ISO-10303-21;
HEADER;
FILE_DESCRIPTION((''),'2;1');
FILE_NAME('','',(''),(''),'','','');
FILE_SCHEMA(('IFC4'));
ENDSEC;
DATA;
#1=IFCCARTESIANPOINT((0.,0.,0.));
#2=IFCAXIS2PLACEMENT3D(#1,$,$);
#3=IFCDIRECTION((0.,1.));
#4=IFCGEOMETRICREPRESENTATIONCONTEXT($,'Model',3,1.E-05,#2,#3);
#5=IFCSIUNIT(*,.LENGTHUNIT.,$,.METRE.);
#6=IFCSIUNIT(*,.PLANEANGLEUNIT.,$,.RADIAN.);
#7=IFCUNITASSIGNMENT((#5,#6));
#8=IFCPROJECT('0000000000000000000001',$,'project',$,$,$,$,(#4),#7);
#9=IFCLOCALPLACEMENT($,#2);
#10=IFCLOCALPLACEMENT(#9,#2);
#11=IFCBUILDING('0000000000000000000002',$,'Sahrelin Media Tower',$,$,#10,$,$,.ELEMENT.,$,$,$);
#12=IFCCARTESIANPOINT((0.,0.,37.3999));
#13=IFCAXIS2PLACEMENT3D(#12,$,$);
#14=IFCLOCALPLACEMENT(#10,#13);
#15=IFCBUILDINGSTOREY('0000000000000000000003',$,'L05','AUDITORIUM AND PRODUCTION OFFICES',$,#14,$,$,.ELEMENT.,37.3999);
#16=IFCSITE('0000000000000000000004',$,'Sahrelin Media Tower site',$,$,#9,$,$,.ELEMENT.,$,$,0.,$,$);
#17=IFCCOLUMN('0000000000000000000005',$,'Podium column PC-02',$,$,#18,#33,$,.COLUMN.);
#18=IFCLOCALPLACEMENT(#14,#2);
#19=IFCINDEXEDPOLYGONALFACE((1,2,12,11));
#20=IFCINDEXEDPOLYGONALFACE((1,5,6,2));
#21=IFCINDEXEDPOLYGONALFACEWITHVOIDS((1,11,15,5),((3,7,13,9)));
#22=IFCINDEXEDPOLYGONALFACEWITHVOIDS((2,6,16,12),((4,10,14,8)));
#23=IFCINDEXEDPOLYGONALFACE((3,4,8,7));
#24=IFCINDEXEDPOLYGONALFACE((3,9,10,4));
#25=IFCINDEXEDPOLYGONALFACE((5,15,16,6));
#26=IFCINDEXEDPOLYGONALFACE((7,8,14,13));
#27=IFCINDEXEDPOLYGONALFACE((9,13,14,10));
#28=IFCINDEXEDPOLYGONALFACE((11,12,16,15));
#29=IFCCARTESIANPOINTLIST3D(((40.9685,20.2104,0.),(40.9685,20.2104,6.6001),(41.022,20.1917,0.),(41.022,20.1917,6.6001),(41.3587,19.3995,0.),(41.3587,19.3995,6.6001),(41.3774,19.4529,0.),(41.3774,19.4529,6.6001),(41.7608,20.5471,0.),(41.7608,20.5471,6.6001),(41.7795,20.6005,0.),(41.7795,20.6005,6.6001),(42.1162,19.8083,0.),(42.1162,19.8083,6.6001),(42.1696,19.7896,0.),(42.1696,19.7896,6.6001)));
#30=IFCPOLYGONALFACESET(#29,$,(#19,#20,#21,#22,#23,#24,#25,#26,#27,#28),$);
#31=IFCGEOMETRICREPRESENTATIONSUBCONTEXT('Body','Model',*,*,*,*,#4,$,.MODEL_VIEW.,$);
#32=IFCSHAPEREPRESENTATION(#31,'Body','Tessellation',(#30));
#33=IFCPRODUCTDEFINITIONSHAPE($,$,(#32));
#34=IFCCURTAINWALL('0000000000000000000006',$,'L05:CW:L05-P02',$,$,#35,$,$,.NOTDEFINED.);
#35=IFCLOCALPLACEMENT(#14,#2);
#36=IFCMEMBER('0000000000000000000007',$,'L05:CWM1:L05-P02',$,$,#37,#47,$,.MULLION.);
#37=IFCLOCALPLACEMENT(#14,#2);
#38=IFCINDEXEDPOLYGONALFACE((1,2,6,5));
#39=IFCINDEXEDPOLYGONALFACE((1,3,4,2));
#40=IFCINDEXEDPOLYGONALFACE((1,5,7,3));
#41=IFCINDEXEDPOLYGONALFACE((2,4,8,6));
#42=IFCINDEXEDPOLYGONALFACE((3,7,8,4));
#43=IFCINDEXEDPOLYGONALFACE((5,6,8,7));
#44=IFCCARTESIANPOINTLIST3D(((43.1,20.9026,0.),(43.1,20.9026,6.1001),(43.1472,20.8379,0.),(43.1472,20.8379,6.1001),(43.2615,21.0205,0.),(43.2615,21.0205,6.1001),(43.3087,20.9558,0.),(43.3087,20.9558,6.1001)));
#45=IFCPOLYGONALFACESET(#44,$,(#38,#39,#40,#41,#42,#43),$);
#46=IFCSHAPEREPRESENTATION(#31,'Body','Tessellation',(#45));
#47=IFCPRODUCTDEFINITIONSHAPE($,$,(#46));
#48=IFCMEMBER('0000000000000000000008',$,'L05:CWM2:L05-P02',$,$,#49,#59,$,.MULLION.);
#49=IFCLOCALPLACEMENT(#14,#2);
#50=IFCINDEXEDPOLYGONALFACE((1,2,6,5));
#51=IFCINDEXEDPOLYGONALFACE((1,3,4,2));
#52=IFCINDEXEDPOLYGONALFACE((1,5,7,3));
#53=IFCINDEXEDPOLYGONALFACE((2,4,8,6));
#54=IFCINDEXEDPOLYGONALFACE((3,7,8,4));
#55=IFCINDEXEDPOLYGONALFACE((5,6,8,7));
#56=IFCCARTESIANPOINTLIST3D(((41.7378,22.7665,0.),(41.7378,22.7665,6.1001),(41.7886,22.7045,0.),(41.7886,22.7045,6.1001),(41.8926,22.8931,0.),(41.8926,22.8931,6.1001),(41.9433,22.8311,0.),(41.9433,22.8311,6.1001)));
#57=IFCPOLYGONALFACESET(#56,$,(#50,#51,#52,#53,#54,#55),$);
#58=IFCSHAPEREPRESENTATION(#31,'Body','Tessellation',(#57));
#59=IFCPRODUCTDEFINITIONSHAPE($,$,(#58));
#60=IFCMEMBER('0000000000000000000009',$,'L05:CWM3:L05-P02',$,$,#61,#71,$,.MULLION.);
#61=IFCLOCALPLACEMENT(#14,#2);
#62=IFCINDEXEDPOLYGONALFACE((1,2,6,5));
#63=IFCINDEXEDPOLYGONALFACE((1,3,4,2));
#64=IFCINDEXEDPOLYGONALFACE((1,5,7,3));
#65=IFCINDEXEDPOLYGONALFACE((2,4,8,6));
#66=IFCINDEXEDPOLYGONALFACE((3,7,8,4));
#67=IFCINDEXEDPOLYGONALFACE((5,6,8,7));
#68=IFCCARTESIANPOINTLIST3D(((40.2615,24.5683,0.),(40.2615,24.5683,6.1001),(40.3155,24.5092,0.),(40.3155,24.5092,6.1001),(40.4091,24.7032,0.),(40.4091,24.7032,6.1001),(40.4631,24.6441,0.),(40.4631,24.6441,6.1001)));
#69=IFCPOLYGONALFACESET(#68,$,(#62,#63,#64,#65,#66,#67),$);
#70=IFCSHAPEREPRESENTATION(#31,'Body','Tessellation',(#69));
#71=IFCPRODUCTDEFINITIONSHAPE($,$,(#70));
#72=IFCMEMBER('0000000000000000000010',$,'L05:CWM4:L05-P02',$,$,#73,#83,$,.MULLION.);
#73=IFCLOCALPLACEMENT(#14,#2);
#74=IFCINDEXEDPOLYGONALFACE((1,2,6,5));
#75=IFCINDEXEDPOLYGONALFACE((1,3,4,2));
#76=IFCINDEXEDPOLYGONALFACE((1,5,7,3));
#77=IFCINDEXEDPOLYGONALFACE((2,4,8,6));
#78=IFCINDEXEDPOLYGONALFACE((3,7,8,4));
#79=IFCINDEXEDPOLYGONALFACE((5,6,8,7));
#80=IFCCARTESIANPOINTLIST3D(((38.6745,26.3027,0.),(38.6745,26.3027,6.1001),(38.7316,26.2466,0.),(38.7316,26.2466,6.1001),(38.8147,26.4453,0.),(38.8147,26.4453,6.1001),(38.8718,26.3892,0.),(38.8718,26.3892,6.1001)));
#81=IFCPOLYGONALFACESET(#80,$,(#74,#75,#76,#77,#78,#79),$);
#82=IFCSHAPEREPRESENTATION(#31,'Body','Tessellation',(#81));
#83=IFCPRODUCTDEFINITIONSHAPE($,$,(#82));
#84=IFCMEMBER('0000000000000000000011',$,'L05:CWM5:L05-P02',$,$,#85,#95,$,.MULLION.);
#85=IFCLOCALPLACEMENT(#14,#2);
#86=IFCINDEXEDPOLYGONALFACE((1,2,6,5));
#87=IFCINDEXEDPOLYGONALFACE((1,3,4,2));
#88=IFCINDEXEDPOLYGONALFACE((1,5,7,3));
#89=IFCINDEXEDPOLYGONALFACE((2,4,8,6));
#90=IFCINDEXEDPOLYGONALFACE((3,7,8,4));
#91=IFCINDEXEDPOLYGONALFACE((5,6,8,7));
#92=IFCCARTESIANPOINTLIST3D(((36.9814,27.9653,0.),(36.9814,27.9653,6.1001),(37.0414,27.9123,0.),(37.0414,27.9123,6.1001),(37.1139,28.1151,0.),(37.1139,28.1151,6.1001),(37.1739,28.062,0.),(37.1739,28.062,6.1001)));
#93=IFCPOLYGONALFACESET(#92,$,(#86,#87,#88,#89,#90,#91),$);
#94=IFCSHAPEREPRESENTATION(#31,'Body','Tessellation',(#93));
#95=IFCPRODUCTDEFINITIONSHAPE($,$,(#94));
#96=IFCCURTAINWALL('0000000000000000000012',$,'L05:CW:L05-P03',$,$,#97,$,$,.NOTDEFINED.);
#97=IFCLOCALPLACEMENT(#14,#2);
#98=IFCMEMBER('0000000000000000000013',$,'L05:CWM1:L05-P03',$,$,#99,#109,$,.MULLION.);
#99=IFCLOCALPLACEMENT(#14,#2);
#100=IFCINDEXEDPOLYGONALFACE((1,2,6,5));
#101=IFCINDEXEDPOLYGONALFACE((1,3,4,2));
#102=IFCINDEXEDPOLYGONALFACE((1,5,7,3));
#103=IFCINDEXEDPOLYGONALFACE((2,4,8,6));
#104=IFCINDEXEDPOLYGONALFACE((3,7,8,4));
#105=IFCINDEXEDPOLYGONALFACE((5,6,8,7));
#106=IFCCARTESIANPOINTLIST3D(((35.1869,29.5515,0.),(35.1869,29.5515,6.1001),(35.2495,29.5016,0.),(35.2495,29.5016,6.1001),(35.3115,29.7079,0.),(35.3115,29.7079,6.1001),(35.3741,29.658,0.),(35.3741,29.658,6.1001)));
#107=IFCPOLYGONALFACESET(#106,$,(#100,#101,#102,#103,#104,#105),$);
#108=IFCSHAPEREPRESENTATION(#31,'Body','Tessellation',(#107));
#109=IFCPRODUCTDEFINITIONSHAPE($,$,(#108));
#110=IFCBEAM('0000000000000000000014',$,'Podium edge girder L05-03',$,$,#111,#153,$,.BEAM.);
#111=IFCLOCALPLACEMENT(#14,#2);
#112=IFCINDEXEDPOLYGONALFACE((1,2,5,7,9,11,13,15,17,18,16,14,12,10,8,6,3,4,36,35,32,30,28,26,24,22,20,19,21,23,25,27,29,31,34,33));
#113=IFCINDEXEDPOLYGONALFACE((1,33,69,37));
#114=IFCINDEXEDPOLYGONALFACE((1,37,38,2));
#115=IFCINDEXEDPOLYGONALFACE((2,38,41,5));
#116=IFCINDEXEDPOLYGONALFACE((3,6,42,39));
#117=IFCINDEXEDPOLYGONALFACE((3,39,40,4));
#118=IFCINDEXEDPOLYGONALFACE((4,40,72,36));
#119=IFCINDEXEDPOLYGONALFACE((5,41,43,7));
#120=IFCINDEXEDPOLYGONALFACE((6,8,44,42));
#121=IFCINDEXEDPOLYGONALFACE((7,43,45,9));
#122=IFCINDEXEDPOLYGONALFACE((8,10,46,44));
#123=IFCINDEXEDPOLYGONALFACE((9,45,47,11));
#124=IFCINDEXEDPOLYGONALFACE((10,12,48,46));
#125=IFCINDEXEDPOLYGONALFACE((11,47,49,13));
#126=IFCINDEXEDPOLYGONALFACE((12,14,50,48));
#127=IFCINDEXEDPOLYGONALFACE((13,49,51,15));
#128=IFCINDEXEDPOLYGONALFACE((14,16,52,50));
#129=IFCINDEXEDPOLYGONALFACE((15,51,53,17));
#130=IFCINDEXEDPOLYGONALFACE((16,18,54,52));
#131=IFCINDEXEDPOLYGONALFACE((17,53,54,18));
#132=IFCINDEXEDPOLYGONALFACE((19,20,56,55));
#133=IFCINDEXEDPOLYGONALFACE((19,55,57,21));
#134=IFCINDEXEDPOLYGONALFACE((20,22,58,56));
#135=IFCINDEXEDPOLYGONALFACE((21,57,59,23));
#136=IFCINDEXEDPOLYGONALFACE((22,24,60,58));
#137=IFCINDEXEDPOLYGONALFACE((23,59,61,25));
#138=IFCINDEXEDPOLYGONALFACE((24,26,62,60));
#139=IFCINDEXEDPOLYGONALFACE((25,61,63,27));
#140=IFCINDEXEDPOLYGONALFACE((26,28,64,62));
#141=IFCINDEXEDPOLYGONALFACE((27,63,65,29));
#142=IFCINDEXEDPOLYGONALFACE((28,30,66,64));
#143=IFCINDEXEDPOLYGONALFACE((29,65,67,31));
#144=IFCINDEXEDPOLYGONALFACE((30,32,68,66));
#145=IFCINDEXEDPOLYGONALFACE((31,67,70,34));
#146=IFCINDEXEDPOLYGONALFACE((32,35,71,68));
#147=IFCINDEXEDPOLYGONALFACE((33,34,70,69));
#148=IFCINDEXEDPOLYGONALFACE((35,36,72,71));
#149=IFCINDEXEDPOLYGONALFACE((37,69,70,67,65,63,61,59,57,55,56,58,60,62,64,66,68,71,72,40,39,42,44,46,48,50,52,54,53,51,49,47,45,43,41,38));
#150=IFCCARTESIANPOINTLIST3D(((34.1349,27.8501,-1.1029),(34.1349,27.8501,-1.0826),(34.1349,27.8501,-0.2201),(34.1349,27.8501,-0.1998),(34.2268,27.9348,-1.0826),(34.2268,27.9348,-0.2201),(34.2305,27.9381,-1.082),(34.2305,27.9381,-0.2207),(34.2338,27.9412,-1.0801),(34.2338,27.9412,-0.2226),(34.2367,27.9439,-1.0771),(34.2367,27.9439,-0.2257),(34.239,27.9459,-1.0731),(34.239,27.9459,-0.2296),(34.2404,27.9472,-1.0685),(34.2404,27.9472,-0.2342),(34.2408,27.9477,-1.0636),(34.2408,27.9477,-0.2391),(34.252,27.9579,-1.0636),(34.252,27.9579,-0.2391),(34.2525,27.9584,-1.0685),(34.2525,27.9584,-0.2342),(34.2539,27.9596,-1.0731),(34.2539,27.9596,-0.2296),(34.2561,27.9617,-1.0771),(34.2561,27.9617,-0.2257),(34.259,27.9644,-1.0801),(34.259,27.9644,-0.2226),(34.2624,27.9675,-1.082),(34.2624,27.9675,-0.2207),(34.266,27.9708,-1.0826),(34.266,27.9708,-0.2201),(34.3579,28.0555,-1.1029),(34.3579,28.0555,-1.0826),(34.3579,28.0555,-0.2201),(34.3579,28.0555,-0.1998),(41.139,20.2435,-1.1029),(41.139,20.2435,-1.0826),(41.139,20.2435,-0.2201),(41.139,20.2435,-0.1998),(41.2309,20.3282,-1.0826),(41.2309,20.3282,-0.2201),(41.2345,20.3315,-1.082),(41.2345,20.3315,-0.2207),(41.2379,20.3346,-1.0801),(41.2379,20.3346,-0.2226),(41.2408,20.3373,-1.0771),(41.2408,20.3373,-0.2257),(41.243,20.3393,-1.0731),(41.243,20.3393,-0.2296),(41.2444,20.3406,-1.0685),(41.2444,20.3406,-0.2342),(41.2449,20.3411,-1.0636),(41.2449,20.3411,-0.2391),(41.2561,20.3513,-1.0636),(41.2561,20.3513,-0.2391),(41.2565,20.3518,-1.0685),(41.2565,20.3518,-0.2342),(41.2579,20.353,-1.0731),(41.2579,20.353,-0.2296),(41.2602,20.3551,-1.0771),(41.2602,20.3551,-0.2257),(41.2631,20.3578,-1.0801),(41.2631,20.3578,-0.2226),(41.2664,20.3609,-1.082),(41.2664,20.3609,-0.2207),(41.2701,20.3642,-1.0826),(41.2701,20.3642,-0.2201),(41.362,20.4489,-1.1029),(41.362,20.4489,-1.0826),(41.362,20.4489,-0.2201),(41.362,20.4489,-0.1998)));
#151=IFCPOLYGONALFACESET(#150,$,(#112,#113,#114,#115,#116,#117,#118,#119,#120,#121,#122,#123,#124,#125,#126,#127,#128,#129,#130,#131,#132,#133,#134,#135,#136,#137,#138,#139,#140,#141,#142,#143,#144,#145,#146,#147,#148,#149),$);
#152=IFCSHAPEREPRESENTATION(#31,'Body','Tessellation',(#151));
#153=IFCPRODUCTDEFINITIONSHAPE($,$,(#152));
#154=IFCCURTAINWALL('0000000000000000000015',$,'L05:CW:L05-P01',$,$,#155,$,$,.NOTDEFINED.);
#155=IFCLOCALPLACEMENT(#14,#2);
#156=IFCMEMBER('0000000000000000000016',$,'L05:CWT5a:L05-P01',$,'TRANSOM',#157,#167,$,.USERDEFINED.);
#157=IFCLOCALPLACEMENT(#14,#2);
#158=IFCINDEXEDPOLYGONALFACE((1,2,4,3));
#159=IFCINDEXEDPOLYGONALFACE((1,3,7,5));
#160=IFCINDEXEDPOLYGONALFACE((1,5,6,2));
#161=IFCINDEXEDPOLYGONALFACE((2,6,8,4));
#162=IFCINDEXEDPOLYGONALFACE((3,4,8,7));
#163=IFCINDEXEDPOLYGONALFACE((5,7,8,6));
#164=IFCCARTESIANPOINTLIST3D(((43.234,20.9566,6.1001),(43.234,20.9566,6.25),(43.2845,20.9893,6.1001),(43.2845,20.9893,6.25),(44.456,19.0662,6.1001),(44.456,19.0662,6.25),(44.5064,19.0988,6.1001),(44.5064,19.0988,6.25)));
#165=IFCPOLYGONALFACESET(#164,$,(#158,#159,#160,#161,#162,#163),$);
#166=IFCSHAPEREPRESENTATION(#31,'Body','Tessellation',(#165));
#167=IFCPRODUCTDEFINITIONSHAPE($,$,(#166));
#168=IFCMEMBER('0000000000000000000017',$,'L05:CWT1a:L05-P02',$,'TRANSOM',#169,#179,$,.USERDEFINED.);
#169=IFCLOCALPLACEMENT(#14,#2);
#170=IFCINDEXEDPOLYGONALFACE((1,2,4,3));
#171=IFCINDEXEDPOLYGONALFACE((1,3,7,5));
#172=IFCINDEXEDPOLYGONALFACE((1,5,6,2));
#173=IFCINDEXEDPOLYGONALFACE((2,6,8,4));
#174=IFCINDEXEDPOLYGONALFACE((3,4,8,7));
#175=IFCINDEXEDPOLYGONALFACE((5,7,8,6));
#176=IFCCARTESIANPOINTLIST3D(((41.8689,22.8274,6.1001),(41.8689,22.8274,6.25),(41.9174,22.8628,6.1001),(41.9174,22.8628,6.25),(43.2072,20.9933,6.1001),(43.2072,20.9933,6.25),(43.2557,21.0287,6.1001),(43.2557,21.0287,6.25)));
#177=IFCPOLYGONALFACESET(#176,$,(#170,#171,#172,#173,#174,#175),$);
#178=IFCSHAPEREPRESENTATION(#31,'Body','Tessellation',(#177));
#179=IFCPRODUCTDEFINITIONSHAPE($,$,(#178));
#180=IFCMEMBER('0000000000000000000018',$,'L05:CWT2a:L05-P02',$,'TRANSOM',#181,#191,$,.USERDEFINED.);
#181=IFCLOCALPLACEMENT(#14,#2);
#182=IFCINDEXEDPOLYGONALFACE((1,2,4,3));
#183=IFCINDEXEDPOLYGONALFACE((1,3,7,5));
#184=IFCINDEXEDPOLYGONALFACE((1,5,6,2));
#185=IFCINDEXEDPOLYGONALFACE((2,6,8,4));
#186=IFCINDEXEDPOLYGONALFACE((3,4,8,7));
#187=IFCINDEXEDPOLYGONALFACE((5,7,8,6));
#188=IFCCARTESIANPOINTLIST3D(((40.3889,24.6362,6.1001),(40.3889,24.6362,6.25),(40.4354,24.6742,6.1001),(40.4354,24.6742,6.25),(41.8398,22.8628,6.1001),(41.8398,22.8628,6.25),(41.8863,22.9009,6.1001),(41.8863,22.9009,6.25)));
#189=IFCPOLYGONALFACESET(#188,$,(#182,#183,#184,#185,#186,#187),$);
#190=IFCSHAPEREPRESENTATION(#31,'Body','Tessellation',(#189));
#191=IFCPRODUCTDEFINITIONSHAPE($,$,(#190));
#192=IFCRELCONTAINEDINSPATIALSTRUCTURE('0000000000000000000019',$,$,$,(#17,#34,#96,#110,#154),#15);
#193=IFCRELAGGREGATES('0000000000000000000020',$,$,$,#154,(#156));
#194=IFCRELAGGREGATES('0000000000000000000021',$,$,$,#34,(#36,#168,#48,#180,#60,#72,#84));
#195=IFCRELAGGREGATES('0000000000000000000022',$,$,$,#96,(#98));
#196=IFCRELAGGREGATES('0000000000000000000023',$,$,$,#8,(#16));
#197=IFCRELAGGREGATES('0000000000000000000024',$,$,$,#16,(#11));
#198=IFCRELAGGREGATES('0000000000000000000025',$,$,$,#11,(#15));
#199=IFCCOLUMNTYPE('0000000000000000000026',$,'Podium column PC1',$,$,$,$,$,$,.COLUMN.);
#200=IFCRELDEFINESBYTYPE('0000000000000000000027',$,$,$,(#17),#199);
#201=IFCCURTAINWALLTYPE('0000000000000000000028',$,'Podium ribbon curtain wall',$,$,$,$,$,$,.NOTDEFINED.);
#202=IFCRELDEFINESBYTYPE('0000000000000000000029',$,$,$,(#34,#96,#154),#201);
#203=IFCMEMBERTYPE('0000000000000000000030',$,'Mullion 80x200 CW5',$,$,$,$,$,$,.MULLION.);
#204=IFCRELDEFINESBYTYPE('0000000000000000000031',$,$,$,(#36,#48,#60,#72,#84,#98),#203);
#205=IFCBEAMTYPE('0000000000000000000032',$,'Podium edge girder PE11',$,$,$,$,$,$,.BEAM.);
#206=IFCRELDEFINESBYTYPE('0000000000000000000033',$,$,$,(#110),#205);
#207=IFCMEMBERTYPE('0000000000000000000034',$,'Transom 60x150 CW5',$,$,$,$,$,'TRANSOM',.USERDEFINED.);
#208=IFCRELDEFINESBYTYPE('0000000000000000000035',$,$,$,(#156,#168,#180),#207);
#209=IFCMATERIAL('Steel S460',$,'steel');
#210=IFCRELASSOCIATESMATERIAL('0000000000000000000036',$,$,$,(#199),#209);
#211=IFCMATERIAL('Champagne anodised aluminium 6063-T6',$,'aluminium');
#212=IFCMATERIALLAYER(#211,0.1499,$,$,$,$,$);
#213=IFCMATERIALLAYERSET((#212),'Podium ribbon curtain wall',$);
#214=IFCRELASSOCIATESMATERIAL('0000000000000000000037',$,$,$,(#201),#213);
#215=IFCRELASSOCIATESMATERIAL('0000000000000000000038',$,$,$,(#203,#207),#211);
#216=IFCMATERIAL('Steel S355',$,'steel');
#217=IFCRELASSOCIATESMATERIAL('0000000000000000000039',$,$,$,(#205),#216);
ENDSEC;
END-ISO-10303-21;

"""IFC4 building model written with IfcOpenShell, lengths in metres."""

from ifc_helpers import new_model, si_unit, direction, frame, origin, origin_2d, place, context, subcontext, project, spatial, rectangle, hollow_rectangle, i_section, extrude, material, layer, layer_set, material_profile, profile_set, type_object, element, aggregate, save


model = new_model("IFC4")

# Units and contexts
model_context = context("Model", 3, precision=1e-05, world=origin(), true_north=direction((0.0, 1.0)))
body_context = subcontext(model_context, "Body", "Model", "MODEL_VIEW")
ifc_project = project(units=[si_unit("LENGTHUNIT", "METRE"), si_unit("PLANEANGLEUNIT", "RADIAN")], contexts=[model_context])

# Site, building, storey
site_placement = place(None, origin())
site = spatial("IfcSite", under=ifc_project, at=site_placement, Name="Sahrelin Media Tower site", CompositionType="ELEMENT", RefElevation=0.0)
building_placement = place(site_placement, origin())
building = spatial("IfcBuilding", under=site, at=building_placement, Name="Sahrelin Media Tower", CompositionType="ELEMENT")
storey_placement = place(building_placement, frame((0.0, 0.0, 37.3999)))
storey = spatial("IfcBuildingStorey", under=building, at=storey_placement, Name="L05", Description="AUDITORIUM AND PRODUCTION OFFICES", CompositionType="ELEMENT", Elevation=37.3999)

# Column
ifc_material_1 = material(Name="Steel S460", Category="steel")
ifc_material_profile_1 = material_profile(ifc_material_1, hollow_rectangle(XDim=0.8999, YDim=0.8999, WallThickness=0.04, at=origin_2d()), Name="Podium column PC1")
ifc_profile_set_1 = profile_set([ifc_material_profile_1], Name="Steel S460")
column_type = type_object("IfcColumnType", Name="Podium column PC1", PredefinedType="COLUMN", material=ifc_profile_set_1)
column_placement = place(storey_placement, frame((41.5691, 20.0, 0.0), z_axis=(0.0, 0.0, 1.0), x_axis=(0.901127, 0.433555, 0.0)))
element("IfcColumn", 1, at=column_placement, inside=storey, type_object=column_type, Name="Podium column PC-02", PredefinedType="COLUMN", context=body_context, shape_type="SweptSolid", body=[
    extrude(hollow_rectangle(XDim=0.8999, YDim=0.8999, WallThickness=0.04, at=origin_2d()), origin(), (0.0, 0.0, 1.0), 6.6001),
])

# Curtain wall, members
ifc_material_2 = material(Name="Champagne anodised aluminium 6063-T6", Category="aluminium")
ifc_layer_1 = layer(ifc_material_2, 0.1499)
ifc_layer_set_1 = layer_set([ifc_layer_1], Name="Podium ribbon curtain wall")
curtain_wall_type = type_object("IfcCurtainWallType", Name="Podium ribbon curtain wall", PredefinedType="NOTDEFINED", material=ifc_layer_set_1)
curtain_wall_1_placement = place(storey_placement, frame((43.3013, 21.0, 0.0), z_axis=(0.0, 0.0, 1.0), x_axis=(1.0, 0.0, 0.0)))
curtain_wall_1 = element("IfcCurtainWall", 2, at=curtain_wall_1_placement, inside=storey, type_object=curtain_wall_type, Name="L05:CW:L05-P02", PredefinedType="NOTDEFINED")
ifc_material_profile_2 = material_profile(ifc_material_2, rectangle(XDim=0.0801, YDim=0.2, at=origin_2d()), Name="Mullion 80x200")
ifc_profile_set_2 = profile_set([ifc_material_profile_2], Name="Champagne anodised aluminium 6063-T6")
member_type_1 = type_object("IfcMemberType", Name="Mullion 80x200 CW5", PredefinedType="MULLION", material=ifc_profile_set_2)
member_1_placement = place(storey_placement, frame((43.2043, 20.9292, 0.0), z_axis=(0.0, 0.0, 1.0), x_axis=(-0.589385, 0.807852, 0.0)))
member_1 = element("IfcMember", 3, at=member_1_placement, type_object=member_type_1, Name="L05:CWM1:L05-P02", PredefinedType="MULLION", context=body_context, shape_type="SweptSolid", body=[
    extrude(rectangle(XDim=0.0801, YDim=0.2, at=origin_2d()), origin(), (0.0, 0.0, 1.0), 6.1001),
])
member_2_placement = place(storey_placement, frame((41.8406, 22.7988, 0.0), z_axis=(0.0, 0.0, 1.0), x_axis=(-0.633235, 0.77396, 0.0)))
member_2 = element("IfcMember", 4, at=member_2_placement, type_object=member_type_1, Name="L05:CWM2:L05-P02", PredefinedType="MULLION", context=body_context, shape_type="SweptSolid", body=[
    extrude(rectangle(XDim=0.0801, YDim=0.2, at=origin_2d()), origin(), (0.0, 0.0, 1.0), 6.1001),
])
member_3_placement = place(storey_placement, frame((40.3623, 24.6062, 0.0), z_axis=(0.0, 0.0, 1.0), x_axis=(-0.67443, 0.738339, 0.0)))
member_3 = element("IfcMember", 5, at=member_3_placement, type_object=member_type_1, Name="L05:CWM3:L05-P02", PredefinedType="MULLION", context=body_context, shape_type="SweptSolid", body=[
    extrude(rectangle(XDim=0.0801, YDim=0.2, at=origin_2d()), origin(), (0.0, 0.0, 1.0), 6.1001),
])
member_4_placement = place(storey_placement, frame((38.7732, 26.3459, 0.0), z_axis=(0.0, 0.0, 1.0), x_axis=(-0.712974, 0.701191, 0.0)))
member_4 = element("IfcMember", 6, at=member_4_placement, type_object=member_type_1, Name="L05:CWM4:L05-P02", PredefinedType="MULLION", context=body_context, shape_type="SweptSolid", body=[
    extrude(rectangle(XDim=0.0801, YDim=0.2, at=origin_2d()), origin(), (0.0, 0.0, 1.0), 6.1001),
])
member_5_placement = place(storey_placement, frame((37.0776, 28.0137, 0.0), z_axis=(0.0, 0.0, 1.0), x_axis=(-0.748788, 0.66281, 0.0)))
member_5 = element("IfcMember", 7, at=member_5_placement, type_object=member_type_1, Name="L05:CWM5:L05-P02", PredefinedType="MULLION", context=body_context, shape_type="SweptSolid", body=[
    extrude(rectangle(XDim=0.0801, YDim=0.2, at=origin_2d()), origin(), (0.0, 0.0, 1.0), 6.1001),
])

# Curtain wall, member
curtain_wall_2_placement = place(storey_placement, frame((35.3552, 29.6985, 0.0), z_axis=(0.0, 0.0, 1.0), x_axis=(1.0, 0.0, 0.0)))
curtain_wall_2 = element("IfcCurtainWall", 8, at=curtain_wall_2_placement, inside=storey, type_object=curtain_wall_type, Name="L05:CW:L05-P03", PredefinedType="NOTDEFINED")
member_6_placement = place(storey_placement, frame((35.2805, 29.6047, 0.0), z_axis=(0.0, 0.0, 1.0), x_axis=(-0.78196, 0.623328, 0.0)))
member_6 = element("IfcMember", 9, at=member_6_placement, type_object=member_type_1, Name="L05:CWM1:L05-P03", PredefinedType="MULLION", context=body_context, shape_type="SweptSolid", body=[
    extrude(rectangle(XDim=0.0801, YDim=0.2, at=origin_2d()), origin(), (0.0, 0.0, 1.0), 6.1001),
])

# Beam
ifc_material_3 = material(Name="Steel S355", Category="steel")
ifc_material_profile_3 = material_profile(ifc_material_3, i_section(OverallWidth=0.3032, OverallDepth=0.9031, WebThickness=0.0151, FlangeThickness=0.0203, FilletRadius=0.019, at=origin_2d()), Name="UB 914x305x201")
ifc_profile_set_3 = profile_set([ifc_material_profile_3], Name="Steel S355")
beam_type = type_object("IfcBeamType", Name="Podium edge girder PE11", PredefinedType="BEAM", material=ifc_profile_set_3)
beam_placement = place(storey_placement, frame((41.2505, 20.3462, -0.6514), z_axis=(-0.677371, 0.735642, 0.0), x_axis=(-0.735642, -0.677371, 0.0)))
element("IfcBeam", 10, at=beam_placement, inside=storey, type_object=beam_type, Name="Podium edge girder L05-03", PredefinedType="BEAM", context=body_context, shape_type="SweptSolid", body=[
    extrude(i_section(OverallWidth=0.3032, OverallDepth=0.9031, WebThickness=0.0151, FlangeThickness=0.0203, FilletRadius=0.019, at=origin_2d()), origin(), (0.0, 0.0, 1.0), 10.3401),
])

# Curtain wall, member
curtain_wall_3_placement = place(storey_placement, frame((48.2964, 10.8704, 0.0), z_axis=(0.0, 0.0, 1.0), x_axis=(1.0, 0.0, 0.0)))
curtain_wall_3 = element("IfcCurtainWall", 11, at=curtain_wall_3_placement, inside=storey, type_object=curtain_wall_type, Name="L05:CW:L05-P01", PredefinedType="NOTDEFINED")
ifc_material_profile_4 = material_profile(ifc_material_2, rectangle(XDim=0.0601, YDim=0.1499, at=origin_2d()), Name="Transom 60x150")
ifc_profile_set_4 = profile_set([ifc_material_profile_4], Name="Champagne anodised aluminium 6063-T6")
member_type_2 = type_object("IfcMemberType", Name="Transom 60x150 CW5", ElementType="TRANSOM", PredefinedType="USERDEFINED", material=ifc_profile_set_4)
member_7_placement = place(storey_placement, frame((44.4812, 19.0825, 6.175), z_axis=(-0.542855, 0.839826, 0.0), x_axis=(-0.839826, -0.542855, 0.0)))
member_7 = element("IfcMember", 12, at=member_7_placement, type_object=member_type_2, Name="L05:CWT5a:L05-P01", ObjectType="TRANSOM", PredefinedType="USERDEFINED", context=body_context, shape_type="SweptSolid", body=[
    extrude(rectangle(XDim=0.0601, YDim=0.1499, at=origin_2d()), origin(), (0.0, 0.0, 1.0), 2.251),
])

# Members
member_8_placement = place(storey_placement, frame((43.2314, 21.011, 6.175), z_axis=(-0.589437, 0.807814, 0.0), x_axis=(-0.807814, -0.589437, 0.0)))
member_8 = element("IfcMember", 13, at=member_8_placement, type_object=member_type_2, Name="L05:CWT1a:L05-P02", ObjectType="TRANSOM", PredefinedType="USERDEFINED", context=body_context, shape_type="SweptSolid", body=[
    extrude(rectangle(XDim=0.0601, YDim=0.1499, at=origin_2d()), origin(), (0.0, 0.0, 1.0), 2.2705),
])
member_9_placement = place(storey_placement, frame((41.863, 22.8818, 6.175), z_axis=(-0.63322, 0.773972, 0.0), x_axis=(-0.773972, -0.63322, 0.0)))
member_9 = element("IfcMember", 14, at=member_9_placement, type_object=member_type_2, Name="L05:CWT2a:L05-P02", ObjectType="TRANSOM", PredefinedType="USERDEFINED", context=body_context, shape_type="SweptSolid", body=[
    extrude(rectangle(XDim=0.0601, YDim=0.1499, at=origin_2d()), origin(), (0.0, 0.0, 1.0), 2.2913),
])

aggregate(curtain_wall_3, [member_7])
aggregate(curtain_wall_1, [member_1, member_8, member_2, member_9, member_3, member_4, member_5])
aggregate(curtain_wall_2, [member_6])

save(model, "model.ifc")
